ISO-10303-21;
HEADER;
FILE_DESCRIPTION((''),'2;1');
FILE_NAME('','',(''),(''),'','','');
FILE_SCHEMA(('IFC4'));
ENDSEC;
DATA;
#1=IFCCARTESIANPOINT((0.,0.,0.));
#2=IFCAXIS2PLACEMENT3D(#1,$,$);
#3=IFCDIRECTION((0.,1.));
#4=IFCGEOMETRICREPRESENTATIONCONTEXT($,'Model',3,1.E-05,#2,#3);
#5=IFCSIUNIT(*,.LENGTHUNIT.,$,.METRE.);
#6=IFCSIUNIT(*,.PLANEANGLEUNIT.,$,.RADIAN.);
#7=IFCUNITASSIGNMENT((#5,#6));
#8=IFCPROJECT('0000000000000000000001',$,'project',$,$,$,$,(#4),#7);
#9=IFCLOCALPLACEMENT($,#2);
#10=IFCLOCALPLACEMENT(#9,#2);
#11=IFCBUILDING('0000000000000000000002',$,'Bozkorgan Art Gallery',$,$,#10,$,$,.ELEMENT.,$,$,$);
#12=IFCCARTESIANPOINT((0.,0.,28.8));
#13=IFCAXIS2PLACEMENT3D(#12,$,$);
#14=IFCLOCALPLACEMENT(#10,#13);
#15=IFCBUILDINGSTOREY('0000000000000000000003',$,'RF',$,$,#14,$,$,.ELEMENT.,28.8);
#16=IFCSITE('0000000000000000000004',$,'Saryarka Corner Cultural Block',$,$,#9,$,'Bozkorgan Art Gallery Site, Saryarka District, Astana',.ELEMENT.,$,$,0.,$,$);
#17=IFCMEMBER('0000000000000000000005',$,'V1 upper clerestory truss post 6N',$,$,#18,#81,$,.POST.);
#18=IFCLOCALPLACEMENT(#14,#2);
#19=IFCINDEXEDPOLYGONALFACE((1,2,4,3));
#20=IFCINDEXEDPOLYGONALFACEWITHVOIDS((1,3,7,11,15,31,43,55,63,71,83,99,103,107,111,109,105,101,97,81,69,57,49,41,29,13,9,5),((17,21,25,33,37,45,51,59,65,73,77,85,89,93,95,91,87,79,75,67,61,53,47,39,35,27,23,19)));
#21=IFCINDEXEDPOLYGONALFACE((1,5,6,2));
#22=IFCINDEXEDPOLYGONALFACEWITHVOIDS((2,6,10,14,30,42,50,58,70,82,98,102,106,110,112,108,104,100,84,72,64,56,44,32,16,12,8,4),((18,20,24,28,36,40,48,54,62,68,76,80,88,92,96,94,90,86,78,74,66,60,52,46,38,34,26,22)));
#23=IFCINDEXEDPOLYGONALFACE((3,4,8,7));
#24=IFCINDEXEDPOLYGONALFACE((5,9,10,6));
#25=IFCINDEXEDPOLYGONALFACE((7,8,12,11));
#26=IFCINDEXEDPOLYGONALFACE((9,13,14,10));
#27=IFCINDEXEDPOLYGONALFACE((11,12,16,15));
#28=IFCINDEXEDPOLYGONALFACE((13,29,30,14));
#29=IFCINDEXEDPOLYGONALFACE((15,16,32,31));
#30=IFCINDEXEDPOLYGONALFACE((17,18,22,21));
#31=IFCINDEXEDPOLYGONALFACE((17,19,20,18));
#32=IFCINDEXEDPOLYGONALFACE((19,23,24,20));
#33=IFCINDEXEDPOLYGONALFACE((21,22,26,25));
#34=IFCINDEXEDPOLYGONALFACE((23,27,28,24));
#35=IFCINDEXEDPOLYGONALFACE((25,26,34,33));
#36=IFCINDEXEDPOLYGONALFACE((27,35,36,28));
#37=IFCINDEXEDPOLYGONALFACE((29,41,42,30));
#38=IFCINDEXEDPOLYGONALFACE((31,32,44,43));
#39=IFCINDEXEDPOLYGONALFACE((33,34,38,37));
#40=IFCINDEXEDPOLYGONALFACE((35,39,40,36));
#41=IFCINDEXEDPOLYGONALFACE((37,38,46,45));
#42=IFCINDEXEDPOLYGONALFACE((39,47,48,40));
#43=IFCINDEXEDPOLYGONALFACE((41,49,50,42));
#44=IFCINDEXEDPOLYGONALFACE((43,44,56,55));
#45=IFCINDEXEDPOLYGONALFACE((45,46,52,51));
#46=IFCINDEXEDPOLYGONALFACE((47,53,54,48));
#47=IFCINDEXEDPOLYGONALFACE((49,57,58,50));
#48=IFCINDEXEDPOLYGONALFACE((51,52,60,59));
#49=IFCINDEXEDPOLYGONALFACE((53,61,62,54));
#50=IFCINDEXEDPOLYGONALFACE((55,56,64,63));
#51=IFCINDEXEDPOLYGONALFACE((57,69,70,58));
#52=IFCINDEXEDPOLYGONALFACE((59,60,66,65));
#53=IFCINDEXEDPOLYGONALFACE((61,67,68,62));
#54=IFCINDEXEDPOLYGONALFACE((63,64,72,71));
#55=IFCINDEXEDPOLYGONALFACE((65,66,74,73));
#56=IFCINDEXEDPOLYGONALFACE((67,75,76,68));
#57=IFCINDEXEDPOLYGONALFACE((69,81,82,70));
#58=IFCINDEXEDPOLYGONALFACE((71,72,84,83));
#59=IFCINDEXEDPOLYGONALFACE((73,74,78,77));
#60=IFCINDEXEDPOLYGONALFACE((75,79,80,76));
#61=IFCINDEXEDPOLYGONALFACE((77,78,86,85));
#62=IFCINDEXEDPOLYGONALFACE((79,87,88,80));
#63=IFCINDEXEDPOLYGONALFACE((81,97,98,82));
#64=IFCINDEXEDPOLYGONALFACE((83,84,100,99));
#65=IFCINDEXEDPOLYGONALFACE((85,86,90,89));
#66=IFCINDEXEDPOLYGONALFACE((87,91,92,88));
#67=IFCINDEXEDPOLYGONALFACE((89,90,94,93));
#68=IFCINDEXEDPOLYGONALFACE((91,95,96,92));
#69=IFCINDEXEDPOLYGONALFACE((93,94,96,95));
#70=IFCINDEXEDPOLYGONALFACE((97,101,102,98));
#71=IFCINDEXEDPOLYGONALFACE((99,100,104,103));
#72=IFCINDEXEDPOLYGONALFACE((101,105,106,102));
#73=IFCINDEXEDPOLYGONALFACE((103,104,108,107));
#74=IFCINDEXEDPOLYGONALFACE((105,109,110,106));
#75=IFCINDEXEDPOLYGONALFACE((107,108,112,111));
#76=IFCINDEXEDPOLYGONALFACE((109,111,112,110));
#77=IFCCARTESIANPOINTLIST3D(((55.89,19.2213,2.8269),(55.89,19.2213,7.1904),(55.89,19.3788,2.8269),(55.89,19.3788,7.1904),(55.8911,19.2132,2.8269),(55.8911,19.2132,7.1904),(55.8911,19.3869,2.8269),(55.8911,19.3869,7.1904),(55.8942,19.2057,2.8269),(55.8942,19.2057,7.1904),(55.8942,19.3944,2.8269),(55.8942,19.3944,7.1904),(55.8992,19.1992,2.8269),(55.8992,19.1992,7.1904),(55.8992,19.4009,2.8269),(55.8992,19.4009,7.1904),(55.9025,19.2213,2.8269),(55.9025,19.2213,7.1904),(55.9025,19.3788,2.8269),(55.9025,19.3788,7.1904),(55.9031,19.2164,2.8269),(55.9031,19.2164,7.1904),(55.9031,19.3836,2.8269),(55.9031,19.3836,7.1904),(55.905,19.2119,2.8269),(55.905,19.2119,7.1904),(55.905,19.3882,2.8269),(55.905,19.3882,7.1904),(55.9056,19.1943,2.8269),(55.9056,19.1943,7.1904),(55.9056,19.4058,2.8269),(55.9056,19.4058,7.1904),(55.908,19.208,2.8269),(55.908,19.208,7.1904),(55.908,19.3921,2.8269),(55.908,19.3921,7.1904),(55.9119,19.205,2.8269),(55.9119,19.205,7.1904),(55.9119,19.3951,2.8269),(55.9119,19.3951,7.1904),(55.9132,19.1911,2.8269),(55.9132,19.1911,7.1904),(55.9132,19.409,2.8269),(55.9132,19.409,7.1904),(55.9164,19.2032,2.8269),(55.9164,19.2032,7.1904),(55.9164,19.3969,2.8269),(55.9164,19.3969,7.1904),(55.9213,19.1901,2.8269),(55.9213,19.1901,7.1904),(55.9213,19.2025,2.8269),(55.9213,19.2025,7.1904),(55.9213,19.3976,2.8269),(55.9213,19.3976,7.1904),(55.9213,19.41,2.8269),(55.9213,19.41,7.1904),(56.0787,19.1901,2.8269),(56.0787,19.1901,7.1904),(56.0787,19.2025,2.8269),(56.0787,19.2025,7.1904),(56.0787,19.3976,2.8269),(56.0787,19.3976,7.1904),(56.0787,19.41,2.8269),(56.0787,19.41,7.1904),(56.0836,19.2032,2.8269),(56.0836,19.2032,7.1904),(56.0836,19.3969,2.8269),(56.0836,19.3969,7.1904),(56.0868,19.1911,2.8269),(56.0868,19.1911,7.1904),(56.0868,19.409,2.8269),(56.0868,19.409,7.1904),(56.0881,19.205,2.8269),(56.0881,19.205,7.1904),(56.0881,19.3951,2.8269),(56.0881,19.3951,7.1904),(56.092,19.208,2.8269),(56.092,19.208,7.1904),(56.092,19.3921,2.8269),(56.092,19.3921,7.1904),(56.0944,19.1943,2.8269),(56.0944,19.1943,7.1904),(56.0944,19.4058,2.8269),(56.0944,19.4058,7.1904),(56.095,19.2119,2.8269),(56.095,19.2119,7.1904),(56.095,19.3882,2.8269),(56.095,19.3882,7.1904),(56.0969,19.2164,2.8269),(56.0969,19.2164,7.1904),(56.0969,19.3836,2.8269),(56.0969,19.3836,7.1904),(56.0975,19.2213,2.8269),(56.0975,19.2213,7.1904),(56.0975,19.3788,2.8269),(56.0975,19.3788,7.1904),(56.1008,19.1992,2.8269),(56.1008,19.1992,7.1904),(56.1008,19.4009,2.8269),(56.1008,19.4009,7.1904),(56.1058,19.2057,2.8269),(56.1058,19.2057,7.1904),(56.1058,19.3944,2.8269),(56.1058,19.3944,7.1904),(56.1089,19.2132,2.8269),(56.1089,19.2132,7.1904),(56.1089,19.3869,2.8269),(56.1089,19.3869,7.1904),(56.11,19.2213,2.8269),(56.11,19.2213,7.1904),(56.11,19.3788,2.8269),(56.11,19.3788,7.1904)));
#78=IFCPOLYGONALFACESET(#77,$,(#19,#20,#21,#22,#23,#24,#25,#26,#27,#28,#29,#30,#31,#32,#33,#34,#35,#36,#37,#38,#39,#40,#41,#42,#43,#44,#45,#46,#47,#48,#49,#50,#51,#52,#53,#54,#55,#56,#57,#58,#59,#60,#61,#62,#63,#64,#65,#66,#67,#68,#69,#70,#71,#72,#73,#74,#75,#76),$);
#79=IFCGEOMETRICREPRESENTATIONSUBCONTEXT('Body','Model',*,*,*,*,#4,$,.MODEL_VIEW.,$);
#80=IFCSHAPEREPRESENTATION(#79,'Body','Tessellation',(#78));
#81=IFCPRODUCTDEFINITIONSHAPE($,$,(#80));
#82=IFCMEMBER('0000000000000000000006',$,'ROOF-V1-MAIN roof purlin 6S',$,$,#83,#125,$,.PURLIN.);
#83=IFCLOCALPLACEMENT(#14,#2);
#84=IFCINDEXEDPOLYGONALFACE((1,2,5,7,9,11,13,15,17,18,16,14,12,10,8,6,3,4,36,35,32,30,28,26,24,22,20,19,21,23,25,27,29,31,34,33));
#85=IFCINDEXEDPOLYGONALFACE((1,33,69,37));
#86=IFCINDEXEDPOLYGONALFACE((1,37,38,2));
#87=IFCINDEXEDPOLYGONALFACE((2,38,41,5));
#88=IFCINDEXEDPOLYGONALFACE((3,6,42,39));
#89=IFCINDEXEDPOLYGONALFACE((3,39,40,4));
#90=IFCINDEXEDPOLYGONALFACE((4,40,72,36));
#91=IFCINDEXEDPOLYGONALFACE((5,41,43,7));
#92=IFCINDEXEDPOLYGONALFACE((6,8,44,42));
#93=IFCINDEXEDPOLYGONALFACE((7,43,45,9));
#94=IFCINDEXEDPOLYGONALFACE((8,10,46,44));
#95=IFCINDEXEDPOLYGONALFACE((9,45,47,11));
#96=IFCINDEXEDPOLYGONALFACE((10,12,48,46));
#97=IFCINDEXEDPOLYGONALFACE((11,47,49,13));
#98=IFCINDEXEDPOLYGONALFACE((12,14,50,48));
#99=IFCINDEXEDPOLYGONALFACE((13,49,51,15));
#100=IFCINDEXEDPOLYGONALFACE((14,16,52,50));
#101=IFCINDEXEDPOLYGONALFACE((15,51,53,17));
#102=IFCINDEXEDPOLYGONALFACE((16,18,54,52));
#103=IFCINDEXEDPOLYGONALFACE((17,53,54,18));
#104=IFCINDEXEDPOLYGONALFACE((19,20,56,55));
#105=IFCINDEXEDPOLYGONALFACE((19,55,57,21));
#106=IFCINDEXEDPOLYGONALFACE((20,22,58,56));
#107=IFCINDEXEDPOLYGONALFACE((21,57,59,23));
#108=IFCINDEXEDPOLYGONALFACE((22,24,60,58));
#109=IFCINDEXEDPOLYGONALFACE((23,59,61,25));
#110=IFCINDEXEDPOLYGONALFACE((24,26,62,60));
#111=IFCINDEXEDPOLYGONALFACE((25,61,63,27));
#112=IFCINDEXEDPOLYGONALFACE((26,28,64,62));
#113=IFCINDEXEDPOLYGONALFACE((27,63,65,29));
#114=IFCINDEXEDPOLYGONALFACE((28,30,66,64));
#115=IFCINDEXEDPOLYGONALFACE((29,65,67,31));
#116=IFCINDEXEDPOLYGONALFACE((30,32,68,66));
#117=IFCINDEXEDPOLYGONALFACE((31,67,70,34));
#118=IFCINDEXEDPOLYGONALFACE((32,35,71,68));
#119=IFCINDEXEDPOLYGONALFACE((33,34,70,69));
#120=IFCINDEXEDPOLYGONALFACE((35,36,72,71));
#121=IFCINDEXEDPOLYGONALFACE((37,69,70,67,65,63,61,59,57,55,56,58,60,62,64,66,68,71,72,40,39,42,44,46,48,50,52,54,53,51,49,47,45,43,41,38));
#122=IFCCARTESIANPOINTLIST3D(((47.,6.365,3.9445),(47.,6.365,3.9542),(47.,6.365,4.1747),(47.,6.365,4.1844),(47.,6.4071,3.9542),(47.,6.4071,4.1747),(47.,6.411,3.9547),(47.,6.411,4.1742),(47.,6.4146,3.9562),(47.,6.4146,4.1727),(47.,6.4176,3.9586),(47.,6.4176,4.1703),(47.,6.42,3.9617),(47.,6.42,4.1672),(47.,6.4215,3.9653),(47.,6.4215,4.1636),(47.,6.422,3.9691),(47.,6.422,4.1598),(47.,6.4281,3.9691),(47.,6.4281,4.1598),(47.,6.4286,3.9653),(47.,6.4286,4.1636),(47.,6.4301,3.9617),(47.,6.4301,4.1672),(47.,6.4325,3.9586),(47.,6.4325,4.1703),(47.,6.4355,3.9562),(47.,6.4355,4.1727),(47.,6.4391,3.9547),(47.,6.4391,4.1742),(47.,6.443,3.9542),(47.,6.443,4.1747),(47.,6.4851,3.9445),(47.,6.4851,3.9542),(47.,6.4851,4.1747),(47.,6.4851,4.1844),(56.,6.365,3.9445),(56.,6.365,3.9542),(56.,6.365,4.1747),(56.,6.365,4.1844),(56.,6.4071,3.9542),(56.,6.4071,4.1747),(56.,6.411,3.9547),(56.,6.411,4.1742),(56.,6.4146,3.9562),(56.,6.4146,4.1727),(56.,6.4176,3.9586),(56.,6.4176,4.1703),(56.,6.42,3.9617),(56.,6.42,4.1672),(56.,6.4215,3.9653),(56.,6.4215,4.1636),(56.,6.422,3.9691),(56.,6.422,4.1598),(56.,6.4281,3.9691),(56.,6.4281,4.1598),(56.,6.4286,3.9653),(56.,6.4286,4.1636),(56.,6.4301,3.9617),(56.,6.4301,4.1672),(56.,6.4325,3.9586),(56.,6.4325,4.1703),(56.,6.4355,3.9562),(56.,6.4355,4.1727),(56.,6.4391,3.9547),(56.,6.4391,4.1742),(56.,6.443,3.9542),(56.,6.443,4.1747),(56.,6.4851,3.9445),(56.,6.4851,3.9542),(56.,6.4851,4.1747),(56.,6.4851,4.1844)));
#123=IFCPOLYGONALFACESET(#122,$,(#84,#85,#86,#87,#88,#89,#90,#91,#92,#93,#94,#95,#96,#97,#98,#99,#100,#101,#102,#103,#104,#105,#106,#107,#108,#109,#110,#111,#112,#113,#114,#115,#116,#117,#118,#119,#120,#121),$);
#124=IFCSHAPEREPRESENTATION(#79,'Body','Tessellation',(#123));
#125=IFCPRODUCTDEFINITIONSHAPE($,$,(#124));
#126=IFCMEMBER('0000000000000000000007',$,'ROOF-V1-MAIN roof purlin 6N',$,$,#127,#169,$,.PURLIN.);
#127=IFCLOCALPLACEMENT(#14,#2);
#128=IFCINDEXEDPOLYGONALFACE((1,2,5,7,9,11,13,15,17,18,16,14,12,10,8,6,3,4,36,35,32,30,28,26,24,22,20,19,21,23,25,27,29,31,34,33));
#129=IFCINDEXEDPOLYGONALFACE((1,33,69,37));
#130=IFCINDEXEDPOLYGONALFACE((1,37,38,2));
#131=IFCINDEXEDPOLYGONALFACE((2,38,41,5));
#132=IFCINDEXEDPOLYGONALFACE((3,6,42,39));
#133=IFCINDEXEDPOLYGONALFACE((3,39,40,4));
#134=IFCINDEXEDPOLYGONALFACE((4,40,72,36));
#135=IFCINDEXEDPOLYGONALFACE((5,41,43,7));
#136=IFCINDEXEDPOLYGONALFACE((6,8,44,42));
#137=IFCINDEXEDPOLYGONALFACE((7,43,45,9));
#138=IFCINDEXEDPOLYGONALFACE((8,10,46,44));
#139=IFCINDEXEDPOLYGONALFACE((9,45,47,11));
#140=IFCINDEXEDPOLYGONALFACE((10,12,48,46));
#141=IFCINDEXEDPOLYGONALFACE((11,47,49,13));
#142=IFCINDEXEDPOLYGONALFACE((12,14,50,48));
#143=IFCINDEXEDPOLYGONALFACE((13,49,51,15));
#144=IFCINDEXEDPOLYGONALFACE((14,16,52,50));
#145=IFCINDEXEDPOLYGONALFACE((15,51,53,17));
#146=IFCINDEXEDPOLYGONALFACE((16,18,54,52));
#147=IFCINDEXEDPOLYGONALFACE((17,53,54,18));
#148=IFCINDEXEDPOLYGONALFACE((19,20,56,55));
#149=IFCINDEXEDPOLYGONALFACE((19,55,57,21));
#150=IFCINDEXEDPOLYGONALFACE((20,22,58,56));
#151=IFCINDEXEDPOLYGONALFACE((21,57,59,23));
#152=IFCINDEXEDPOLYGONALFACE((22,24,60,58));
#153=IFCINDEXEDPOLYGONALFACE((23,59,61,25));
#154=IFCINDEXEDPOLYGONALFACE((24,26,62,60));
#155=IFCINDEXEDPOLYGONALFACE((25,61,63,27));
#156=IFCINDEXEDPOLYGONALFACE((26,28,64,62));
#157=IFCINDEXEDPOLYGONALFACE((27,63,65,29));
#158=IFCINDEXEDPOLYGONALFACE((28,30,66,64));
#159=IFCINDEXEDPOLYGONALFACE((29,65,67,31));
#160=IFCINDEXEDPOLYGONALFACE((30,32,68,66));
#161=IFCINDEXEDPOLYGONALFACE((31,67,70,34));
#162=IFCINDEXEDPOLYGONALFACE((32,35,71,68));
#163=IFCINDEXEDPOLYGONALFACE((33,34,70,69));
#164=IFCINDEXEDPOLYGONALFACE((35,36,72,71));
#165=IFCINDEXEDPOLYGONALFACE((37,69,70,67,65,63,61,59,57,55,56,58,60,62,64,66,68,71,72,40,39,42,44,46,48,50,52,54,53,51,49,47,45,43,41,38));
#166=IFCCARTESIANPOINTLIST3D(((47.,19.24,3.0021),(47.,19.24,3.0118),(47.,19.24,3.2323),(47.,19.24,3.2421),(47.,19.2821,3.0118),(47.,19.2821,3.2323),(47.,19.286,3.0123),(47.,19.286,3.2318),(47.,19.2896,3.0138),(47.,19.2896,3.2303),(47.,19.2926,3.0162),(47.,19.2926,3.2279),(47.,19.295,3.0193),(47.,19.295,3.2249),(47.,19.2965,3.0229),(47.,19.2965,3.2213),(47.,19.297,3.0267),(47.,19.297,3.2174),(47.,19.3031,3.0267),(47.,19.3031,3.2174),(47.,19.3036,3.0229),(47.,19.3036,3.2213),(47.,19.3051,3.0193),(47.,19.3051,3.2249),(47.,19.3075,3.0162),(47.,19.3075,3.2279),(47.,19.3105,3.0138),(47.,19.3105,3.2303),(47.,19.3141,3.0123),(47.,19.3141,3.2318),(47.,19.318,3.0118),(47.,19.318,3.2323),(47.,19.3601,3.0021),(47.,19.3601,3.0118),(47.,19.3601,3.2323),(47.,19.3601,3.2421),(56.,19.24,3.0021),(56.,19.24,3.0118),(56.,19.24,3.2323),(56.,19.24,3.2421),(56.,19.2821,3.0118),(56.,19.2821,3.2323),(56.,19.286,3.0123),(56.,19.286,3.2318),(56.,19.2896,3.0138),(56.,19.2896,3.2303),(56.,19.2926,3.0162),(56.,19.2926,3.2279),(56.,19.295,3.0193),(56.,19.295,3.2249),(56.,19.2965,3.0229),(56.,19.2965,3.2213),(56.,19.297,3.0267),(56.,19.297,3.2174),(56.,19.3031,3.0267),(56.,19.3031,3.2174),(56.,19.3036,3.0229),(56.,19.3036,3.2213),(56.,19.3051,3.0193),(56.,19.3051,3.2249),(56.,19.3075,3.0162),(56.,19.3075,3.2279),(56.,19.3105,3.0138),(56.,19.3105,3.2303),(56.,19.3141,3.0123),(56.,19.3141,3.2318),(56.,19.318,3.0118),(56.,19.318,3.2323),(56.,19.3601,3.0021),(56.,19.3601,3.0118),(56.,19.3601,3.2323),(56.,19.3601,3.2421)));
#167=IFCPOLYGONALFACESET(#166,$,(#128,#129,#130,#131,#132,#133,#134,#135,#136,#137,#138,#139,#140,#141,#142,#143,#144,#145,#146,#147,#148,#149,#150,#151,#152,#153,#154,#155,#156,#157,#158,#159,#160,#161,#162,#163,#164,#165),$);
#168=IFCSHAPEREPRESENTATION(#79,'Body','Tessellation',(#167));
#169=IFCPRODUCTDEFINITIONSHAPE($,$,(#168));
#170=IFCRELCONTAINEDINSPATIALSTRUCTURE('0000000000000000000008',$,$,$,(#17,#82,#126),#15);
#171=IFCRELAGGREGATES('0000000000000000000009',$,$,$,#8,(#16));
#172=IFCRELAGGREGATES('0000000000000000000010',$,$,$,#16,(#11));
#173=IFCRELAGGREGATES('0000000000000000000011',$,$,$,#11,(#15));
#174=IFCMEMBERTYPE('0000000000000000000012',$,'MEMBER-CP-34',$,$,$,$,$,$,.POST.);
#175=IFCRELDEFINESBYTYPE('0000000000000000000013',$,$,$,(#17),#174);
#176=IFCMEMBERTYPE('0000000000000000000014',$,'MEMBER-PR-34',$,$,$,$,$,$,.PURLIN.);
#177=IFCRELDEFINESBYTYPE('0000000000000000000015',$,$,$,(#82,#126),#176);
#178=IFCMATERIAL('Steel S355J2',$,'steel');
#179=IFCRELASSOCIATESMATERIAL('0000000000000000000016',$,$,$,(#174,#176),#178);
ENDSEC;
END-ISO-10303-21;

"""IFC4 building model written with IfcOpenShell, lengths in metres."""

from ifc_helpers import new_model, si_unit, direction, frame, origin, origin_2d, place, context, subcontext, project, spatial, hollow_rectangle, i_section, extrude, material, material_profile, profile_set, type_object, element, save


model = new_model("IFC4")

# Units and contexts
model_context = context("Model", 3, precision=1e-05, world=origin(), true_north=direction((0.0, 1.0)))
body_context = subcontext(model_context, "Body", "Model", "MODEL_VIEW")
ifc_project = project(units=[si_unit("LENGTHUNIT", "METRE"), si_unit("PLANEANGLEUNIT", "RADIAN")], contexts=[model_context])

# Site, building, storey
site_placement = place(None, origin())
site = spatial("IfcSite", under=ifc_project, at=site_placement, Name="Saryarka Corner Cultural Block", LongName="Bozkorgan Art Gallery Site, Saryarka District, Astana", CompositionType="ELEMENT", RefElevation=0.0)
building_placement = place(site_placement, origin())
building = spatial("IfcBuilding", under=site, at=building_placement, Name="Bozkorgan Art Gallery", CompositionType="ELEMENT")
storey_placement = place(building_placement, frame((0.0, 0.0, 28.8)))
storey = spatial("IfcBuildingStorey", under=building, at=storey_placement, Name="RF", CompositionType="ELEMENT", Elevation=28.8)

# Shared definitions
ifc_material_1 = material(Name="Steel S355J2", Category="steel")

# Members
ifc_material_profile_1 = material_profile(ifc_material_1, hollow_rectangle(XDim=0.22, YDim=0.22, WallThickness=0.0125, InnerFilletRadius=0.0188, OuterFilletRadius=0.0312, at=origin_2d()), Name="SHS 220x220x12.5")
ifc_profile_set_1 = profile_set([ifc_material_profile_1], Name="Steel S355J2")
member_type_1 = type_object("IfcMemberType", Name="MEMBER-CP-34", PredefinedType="POST", material=ifc_profile_set_1)
member_1_placement = place(storey_placement, frame((56.0, 19.3, 2.8269), z_axis=(0.0, 0.0, 1.0), x_axis=(1.0, 0.0, 0.0)))
element("IfcMember", 1, at=member_1_placement, inside=storey, type_object=member_type_1, Name="V1 upper clerestory truss post 6N", PredefinedType="POST", context=body_context, shape_type="SweptSolid", body=[
    extrude(hollow_rectangle(XDim=0.22, YDim=0.22, WallThickness=0.0125, InnerFilletRadius=0.0188, OuterFilletRadius=0.0312, at=origin_2d()), origin(), (0.0, 0.0, 1.0), 4.3635),
])
ifc_material_profile_2 = material_profile(ifc_material_1, i_section(OverallWidth=0.1201, OverallDepth=0.24, WebThickness=0.0061, FlangeThickness=0.0098, FilletRadius=0.0149, at=origin_2d()), Name="IPE 240")
ifc_profile_set_2 = profile_set([ifc_material_profile_2], Name="Steel S355J2")
member_type_2 = type_object("IfcMemberType", Name="MEMBER-PR-34", PredefinedType="PURLIN", material=ifc_profile_set_2)
for number, where, z_axis, x_axis, name in (
    (2, (47.0, 6.425, 4.0645), (1.0, 0.0, 0.0), (0.0, 1.0, 0.0), "ROOF-V1-MAIN roof purlin 6S"),
    (3, (47.0, 19.3, 3.1221), (1.0, 0.0, 0.0), (0.0, 1.0, 0.0), "ROOF-V1-MAIN roof purlin 6N"),
):
    element("IfcMember", number, at=place(storey_placement, frame(where, z_axis=z_axis, x_axis=x_axis)), inside=storey, type_object=member_type_2, Name=name, PredefinedType="PURLIN", context=body_context, shape_type="SweptSolid", body=[
        extrude(i_section(OverallWidth=0.1201, OverallDepth=0.24, WebThickness=0.0061, FlangeThickness=0.0098, FilletRadius=0.0149, at=origin_2d()), origin(), (0.0, 0.0, 1.0), 9.0),
    ])

save(model, "model.ifc")
